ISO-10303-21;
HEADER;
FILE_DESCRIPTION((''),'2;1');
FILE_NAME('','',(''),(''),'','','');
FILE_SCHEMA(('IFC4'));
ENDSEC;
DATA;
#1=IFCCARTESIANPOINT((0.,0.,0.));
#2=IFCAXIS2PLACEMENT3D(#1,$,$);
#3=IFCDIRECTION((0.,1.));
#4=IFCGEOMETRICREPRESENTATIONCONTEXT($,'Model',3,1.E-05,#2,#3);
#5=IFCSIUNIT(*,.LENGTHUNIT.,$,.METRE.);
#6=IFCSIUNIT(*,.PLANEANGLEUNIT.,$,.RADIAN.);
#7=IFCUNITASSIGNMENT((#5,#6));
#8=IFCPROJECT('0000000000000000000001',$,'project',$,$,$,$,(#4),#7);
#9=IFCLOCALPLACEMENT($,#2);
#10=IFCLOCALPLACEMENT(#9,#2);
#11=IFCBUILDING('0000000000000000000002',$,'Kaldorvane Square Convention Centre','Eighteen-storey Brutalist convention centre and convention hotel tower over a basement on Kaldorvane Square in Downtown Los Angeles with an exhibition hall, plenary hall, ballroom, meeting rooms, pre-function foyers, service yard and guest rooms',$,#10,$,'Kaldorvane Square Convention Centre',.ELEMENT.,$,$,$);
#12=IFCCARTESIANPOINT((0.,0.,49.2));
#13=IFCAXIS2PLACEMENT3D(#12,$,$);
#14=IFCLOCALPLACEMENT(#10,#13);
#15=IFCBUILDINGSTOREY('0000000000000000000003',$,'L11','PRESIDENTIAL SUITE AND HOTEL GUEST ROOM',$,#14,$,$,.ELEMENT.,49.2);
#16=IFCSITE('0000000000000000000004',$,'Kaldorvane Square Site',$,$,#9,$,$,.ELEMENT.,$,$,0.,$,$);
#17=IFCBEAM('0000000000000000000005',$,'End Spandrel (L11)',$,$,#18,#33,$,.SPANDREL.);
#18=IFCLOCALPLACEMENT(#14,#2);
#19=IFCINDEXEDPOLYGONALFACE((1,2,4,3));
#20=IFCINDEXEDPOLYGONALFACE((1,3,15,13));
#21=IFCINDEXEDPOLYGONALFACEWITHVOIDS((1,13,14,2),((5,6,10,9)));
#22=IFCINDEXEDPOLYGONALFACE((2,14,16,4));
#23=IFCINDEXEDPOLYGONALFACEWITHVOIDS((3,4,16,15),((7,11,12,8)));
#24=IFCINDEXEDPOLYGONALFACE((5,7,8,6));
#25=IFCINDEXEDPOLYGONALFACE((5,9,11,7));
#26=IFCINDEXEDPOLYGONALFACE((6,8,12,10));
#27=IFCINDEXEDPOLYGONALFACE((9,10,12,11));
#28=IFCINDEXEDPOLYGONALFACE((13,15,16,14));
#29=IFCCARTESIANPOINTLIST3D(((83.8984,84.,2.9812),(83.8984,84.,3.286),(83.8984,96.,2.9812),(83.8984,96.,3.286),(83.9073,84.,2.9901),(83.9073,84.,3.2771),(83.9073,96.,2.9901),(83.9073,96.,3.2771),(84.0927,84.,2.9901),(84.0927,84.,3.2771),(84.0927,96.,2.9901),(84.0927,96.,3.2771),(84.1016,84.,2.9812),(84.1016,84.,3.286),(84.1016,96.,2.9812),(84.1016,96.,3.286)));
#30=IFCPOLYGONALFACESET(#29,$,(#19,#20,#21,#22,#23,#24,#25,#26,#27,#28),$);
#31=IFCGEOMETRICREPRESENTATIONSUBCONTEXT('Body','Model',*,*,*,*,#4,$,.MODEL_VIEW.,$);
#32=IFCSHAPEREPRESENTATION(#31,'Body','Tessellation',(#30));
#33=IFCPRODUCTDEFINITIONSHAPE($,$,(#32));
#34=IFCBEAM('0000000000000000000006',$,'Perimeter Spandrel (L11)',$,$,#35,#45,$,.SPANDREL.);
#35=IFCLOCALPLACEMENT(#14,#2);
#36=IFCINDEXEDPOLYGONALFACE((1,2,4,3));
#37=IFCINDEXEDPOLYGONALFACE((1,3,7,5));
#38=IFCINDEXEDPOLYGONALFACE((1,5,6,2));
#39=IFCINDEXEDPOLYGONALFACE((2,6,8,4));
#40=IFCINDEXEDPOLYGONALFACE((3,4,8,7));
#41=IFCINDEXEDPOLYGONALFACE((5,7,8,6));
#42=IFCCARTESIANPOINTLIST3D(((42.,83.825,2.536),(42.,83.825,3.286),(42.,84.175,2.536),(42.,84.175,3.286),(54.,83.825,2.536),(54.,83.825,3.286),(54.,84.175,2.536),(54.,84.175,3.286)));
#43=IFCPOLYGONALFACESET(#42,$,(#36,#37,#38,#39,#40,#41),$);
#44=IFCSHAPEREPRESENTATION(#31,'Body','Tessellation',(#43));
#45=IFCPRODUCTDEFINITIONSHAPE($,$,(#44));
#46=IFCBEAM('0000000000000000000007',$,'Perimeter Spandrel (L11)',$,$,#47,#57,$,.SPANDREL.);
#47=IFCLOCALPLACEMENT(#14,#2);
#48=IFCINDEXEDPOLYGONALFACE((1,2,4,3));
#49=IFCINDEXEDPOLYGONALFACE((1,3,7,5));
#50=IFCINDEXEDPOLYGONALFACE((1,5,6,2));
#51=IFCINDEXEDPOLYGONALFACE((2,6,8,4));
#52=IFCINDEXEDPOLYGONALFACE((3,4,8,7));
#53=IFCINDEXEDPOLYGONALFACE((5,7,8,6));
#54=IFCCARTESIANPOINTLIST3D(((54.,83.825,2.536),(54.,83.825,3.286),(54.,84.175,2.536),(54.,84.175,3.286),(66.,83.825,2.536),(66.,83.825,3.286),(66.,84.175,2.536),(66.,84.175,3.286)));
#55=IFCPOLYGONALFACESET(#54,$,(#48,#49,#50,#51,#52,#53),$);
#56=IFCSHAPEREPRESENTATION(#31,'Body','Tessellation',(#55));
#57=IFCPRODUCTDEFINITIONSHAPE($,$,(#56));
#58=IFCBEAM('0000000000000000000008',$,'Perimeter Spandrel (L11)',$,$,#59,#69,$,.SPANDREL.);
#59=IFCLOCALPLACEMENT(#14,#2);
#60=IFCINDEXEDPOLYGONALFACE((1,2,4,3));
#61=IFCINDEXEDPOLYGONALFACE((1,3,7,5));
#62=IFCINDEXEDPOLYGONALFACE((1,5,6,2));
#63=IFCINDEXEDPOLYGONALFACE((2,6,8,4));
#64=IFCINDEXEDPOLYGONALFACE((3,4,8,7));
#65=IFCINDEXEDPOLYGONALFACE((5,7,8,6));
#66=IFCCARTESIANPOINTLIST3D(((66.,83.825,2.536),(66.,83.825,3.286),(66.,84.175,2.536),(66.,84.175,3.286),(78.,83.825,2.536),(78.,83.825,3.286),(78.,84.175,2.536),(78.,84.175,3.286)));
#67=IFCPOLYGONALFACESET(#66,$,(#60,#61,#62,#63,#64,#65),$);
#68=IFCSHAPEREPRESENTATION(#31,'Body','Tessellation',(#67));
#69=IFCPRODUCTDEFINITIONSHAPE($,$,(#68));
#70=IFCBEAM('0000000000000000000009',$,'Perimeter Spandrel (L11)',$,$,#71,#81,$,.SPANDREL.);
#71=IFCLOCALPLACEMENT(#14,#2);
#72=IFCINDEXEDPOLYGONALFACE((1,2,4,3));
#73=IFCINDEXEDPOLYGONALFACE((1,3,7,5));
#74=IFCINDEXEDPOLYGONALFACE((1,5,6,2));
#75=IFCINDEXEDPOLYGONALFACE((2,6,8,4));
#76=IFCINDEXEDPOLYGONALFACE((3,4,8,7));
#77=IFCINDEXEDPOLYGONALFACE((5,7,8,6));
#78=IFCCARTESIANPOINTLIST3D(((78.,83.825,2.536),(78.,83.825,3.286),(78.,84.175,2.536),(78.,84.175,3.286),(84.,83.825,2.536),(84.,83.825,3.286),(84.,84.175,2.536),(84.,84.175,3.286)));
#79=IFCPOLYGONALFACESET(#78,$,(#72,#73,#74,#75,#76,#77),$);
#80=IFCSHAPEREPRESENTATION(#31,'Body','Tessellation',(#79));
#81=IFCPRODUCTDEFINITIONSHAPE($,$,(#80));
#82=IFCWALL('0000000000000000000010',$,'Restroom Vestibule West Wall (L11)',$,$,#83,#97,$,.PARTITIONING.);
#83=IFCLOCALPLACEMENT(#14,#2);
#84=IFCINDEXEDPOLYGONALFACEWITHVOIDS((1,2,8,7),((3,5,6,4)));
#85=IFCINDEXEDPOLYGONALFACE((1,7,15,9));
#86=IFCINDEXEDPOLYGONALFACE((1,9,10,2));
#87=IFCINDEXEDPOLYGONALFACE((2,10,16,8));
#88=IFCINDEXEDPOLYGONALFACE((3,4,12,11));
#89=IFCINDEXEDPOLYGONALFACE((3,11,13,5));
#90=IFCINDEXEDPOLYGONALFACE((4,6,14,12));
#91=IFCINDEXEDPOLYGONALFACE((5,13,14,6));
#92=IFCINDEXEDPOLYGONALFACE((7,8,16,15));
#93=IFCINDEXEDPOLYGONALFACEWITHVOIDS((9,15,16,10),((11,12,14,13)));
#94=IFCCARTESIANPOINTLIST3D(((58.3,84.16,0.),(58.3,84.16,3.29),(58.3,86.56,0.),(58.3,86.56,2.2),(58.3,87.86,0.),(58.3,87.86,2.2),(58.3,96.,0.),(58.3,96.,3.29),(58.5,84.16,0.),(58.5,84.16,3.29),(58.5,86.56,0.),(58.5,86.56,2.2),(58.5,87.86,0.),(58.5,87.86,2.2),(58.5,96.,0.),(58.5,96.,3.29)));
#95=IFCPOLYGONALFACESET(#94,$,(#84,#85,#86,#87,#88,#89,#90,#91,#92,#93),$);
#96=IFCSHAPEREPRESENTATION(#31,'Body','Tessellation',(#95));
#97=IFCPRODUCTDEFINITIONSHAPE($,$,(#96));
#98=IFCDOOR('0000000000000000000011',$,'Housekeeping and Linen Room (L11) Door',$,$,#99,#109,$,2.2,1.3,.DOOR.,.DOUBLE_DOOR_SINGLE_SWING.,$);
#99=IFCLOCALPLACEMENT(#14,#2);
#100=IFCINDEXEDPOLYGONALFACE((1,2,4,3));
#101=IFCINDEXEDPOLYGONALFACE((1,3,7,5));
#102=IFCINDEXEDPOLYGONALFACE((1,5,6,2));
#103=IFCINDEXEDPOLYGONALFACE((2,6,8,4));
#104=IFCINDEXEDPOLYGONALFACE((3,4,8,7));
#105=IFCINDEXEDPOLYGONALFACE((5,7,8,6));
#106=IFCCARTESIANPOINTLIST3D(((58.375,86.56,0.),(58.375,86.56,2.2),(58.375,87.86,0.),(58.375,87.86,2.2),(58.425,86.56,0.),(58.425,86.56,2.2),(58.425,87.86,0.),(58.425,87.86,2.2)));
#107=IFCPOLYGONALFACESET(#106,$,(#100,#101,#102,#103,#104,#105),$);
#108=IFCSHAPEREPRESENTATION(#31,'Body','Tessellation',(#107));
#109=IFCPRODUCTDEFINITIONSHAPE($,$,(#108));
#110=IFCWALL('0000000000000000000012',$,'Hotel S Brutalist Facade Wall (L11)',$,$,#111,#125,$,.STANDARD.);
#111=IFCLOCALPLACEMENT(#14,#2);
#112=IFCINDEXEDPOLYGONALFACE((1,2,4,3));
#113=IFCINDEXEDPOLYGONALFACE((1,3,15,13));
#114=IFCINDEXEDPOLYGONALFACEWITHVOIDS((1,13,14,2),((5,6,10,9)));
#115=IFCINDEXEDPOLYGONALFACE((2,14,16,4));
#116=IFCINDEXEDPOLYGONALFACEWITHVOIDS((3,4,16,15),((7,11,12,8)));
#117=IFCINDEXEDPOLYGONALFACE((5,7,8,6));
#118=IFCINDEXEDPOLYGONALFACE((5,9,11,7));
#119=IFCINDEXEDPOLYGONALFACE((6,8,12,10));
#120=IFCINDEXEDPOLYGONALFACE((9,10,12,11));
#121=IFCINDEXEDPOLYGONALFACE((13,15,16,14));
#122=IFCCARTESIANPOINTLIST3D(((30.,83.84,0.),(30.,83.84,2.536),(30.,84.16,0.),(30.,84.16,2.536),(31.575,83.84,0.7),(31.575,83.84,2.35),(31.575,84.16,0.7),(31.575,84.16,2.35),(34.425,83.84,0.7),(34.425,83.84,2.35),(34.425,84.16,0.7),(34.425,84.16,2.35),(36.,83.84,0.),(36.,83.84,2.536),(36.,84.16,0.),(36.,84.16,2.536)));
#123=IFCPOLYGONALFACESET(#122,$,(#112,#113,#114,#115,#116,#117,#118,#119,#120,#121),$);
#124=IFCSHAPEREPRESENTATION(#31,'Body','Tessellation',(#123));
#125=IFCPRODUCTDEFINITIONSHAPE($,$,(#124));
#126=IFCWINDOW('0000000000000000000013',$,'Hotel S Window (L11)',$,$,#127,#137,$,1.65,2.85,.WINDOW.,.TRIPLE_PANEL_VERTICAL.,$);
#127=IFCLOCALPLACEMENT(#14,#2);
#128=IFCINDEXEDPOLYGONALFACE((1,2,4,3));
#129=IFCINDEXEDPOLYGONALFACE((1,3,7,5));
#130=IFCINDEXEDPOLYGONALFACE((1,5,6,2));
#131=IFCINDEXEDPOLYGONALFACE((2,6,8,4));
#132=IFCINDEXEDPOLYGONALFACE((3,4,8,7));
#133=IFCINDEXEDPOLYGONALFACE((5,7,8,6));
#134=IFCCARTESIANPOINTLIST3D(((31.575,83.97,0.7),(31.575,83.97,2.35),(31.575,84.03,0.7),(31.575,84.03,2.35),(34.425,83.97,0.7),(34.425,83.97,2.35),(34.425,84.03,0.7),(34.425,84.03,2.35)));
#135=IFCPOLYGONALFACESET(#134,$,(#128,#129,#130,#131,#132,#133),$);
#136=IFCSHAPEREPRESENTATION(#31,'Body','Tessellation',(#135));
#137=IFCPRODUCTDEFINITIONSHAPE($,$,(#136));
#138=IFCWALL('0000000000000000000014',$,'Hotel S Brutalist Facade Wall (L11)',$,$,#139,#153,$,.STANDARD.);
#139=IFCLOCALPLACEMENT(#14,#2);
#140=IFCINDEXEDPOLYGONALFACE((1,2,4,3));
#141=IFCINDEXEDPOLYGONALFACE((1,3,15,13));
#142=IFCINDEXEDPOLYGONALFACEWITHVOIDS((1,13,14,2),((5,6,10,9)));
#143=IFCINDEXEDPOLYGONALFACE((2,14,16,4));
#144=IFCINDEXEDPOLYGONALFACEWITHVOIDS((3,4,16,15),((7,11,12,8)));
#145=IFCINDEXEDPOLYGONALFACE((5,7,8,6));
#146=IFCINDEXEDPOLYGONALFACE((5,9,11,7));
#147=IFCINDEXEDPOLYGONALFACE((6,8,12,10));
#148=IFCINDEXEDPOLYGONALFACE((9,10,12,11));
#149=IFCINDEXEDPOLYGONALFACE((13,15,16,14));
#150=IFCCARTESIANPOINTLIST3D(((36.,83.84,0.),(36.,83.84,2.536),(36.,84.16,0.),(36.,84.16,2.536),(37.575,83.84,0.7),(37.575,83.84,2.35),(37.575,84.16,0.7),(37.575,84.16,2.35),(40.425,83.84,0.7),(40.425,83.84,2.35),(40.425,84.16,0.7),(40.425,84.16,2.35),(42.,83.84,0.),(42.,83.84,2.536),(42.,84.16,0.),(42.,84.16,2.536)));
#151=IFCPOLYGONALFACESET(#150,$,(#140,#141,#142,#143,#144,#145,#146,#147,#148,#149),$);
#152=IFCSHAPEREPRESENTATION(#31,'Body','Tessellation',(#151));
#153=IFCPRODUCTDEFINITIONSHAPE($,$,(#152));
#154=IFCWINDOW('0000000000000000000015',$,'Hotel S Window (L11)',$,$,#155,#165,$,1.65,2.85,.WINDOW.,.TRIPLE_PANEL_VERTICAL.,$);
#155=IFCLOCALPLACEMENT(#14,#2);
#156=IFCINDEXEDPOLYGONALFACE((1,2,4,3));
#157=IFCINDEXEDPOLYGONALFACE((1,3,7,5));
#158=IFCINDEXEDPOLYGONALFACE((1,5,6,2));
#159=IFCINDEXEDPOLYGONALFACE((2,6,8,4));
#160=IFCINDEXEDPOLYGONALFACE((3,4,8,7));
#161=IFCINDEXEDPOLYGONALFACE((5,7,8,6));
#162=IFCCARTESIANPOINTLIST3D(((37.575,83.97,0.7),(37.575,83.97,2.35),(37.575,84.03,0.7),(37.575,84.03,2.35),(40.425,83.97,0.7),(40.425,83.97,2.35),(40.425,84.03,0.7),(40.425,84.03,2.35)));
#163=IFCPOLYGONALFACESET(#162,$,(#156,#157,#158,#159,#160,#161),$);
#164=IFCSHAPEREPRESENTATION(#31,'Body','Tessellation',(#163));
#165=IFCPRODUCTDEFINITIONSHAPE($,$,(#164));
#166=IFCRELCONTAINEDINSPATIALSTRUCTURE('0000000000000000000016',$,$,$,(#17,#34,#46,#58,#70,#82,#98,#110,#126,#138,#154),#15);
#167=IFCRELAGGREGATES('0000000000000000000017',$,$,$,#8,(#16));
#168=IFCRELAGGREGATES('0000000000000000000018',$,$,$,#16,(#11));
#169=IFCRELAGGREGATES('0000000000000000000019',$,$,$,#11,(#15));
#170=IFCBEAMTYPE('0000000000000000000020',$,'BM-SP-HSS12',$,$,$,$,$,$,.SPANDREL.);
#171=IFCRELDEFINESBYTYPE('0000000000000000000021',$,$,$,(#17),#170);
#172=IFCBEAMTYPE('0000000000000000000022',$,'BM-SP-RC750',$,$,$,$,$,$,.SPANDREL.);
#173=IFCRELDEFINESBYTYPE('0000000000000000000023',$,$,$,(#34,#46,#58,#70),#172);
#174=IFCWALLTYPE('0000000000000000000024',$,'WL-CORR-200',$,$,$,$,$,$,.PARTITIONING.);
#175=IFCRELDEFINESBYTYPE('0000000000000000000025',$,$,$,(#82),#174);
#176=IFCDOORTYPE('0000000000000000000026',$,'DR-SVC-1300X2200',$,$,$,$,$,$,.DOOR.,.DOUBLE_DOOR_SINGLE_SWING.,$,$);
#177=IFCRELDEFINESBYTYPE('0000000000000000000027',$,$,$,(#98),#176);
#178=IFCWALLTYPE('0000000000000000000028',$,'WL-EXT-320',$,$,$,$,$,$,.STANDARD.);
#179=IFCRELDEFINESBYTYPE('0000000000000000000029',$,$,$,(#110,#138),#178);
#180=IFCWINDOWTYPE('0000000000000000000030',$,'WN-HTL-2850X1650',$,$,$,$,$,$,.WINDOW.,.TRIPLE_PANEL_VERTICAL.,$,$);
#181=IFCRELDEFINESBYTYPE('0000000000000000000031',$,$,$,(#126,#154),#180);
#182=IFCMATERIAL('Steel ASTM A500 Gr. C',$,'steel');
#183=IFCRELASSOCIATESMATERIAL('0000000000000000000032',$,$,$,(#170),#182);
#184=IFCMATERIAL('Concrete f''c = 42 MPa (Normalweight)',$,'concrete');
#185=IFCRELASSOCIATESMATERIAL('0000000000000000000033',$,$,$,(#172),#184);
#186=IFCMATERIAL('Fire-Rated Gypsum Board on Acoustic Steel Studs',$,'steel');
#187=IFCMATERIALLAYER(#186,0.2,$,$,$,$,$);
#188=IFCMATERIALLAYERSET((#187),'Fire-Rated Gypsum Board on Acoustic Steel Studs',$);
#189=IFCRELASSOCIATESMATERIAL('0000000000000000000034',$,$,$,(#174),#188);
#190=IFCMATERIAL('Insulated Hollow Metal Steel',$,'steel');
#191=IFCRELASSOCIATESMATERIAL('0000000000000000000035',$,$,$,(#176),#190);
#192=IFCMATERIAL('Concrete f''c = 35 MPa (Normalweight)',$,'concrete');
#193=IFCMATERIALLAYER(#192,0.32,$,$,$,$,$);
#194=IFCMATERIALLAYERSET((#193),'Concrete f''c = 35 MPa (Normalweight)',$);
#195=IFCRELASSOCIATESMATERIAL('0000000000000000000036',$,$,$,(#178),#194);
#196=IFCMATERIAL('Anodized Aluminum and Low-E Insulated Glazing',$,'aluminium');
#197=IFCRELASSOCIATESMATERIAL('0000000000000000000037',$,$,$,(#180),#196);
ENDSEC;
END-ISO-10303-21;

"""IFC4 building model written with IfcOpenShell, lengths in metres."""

from ifc_helpers import new_model, si_unit, direction, frame, frame_2d, origin, origin_2d, place, context, subcontext, project, spatial, rectangle, hollow_rectangle, extrude, material, layer, layer_set, material_profile, profile_set, type_object, element, fill, save


model = new_model("IFC4")

# Units and contexts
model_context = context("Model", 3, precision=1e-05, world=origin(), true_north=direction((0.0, 1.0)))
body_context = subcontext(model_context, "Body", "Model", "MODEL_VIEW")
ifc_project = project(units=[si_unit("LENGTHUNIT", "METRE"), si_unit("PLANEANGLEUNIT", "RADIAN")], contexts=[model_context])

# Site, building, storey
site_placement = place(None, origin())
site = spatial("IfcSite", under=ifc_project, at=site_placement, Name="Kaldorvane Square Site", CompositionType="ELEMENT", RefElevation=0.0)
building_placement = place(site_placement, origin())
building = spatial("IfcBuilding", under=site, at=building_placement, Name="Kaldorvane Square Convention Centre", Description="Eighteen-storey Brutalist convention centre and convention hotel tower over a basement on Kaldorvane Square in Downtown Los Angeles with an exhibition hall, plenary hall, ballroom, meeting rooms, pre-function foyers, service yard and guest rooms", LongName="Kaldorvane Square Convention Centre", CompositionType="ELEMENT")
storey_placement = place(building_placement, frame((0.0, 0.0, 49.2)))
storey = spatial("IfcBuildingStorey", under=building, at=storey_placement, Name="L11", Description="PRESIDENTIAL SUITE AND HOTEL GUEST ROOM", CompositionType="ELEMENT", Elevation=49.2)

# Beams
ifc_material_1 = material(Name="Steel ASTM A500 Gr. C", Category="steel")
ifc_material_profile_1 = material_profile(ifc_material_1, hollow_rectangle(XDim=0.2032, YDim=0.3048, WallThickness=0.0089, at=origin_2d()), Name="HSS12X8X3/8")
ifc_profile_set_1 = profile_set([ifc_material_profile_1], Name="Steel ASTM A500 Gr. C")
beam_type_1 = type_object("IfcBeamType", Name="BM-SP-HSS12", PredefinedType="SPANDREL", material=ifc_profile_set_1)
for number, where, z_axis, x_axis, name in (
    (1, (84.0, 84.0, 3.1336), (0.0, 1.0, 0.0), (-1.0, 0.0, 0.0), "End Spandrel (L11)"),
):
    element("IfcBeam", number, at=place(storey_placement, frame(where, z_axis=z_axis, x_axis=x_axis)), inside=storey, type_object=beam_type_1, Name=name, PredefinedType="SPANDREL", context=body_context, shape_type="SweptSolid", body=[
        extrude(hollow_rectangle(XDim=0.2032, YDim=0.3048, WallThickness=0.0089, at=origin_2d()), origin(), (0.0, 0.0, 1.0), 12.0),
    ])
ifc_material_2 = material(Name="Concrete f'c = 42 MPa (Normalweight)", Category="concrete")
ifc_material_profile_2 = material_profile(ifc_material_2, rectangle(XDim=0.35, YDim=0.75, at=origin_2d()), Name="RCSP750X350")
ifc_profile_set_2 = profile_set([ifc_material_profile_2], Name="Concrete f'c = 42 MPa (Normalweight)")
beam_type_2 = type_object("IfcBeamType", Name="BM-SP-RC750", PredefinedType="SPANDREL", material=ifc_profile_set_2)
for number, where, z_axis, x_axis, name in (
    (2, (42.0, 84.0, 2.911), (1.0, 0.0, 0.0), (0.0, 1.0, 0.0), "Perimeter Spandrel (L11)"),
    (3, (54.0, 84.0, 2.911), (1.0, 0.0, 0.0), (0.0, 1.0, 0.0), "Perimeter Spandrel (L11)"),
    (4, (66.0, 84.0, 2.911), (1.0, 0.0, 0.0), (0.0, 1.0, 0.0), "Perimeter Spandrel (L11)"),
):
    element("IfcBeam", number, at=place(storey_placement, frame(where, z_axis=z_axis, x_axis=x_axis)), inside=storey, type_object=beam_type_2, Name=name, PredefinedType="SPANDREL", context=body_context, shape_type="SweptSolid", body=[
        extrude(rectangle(XDim=0.35, YDim=0.75, at=origin_2d()), origin(), (0.0, 0.0, 1.0), 12.0),
    ])
beam_placement = place(storey_placement, frame((78.0, 84.0, 2.911), z_axis=(1.0, 0.0, 0.0), x_axis=(0.0, 1.0, 0.0)))
element("IfcBeam", 5, at=beam_placement, inside=storey, type_object=beam_type_2, Name="Perimeter Spandrel (L11)", PredefinedType="SPANDREL", context=body_context, shape_type="SweptSolid", body=[
    extrude(rectangle(XDim=0.35, YDim=0.75, at=origin_2d()), origin(), (0.0, 0.0, 1.0), 6.0),
])

# Wall, opening, door
ifc_material_3 = material(Name="Fire-Rated Gypsum Board on Acoustic Steel Studs", Category="steel")
ifc_layer_1 = layer(ifc_material_3, 0.2)
ifc_layer_set_1 = layer_set([ifc_layer_1], Name="Fire-Rated Gypsum Board on Acoustic Steel Studs")
wall_type_1 = type_object("IfcWallType", Name="WL-CORR-200", PredefinedType="PARTITIONING", material=ifc_layer_set_1)
wall_1_placement = place(storey_placement, frame((58.4, 84.16, 0.0), z_axis=(0.0, 0.0, 1.0), x_axis=(0.0, 1.0, 0.0)))
wall_1 = element("IfcWall", 6, at=wall_1_placement, inside=storey, type_object=wall_type_1, Name="Restroom Vestibule West Wall (L11)", PredefinedType="PARTITIONING", context=body_context, shape_type="SweptSolid", body=[
    extrude(rectangle(XDim=11.84, YDim=0.2, at=frame_2d((5.92, 0.0))), origin(), (0.0, 0.0, 1.0), 3.29),
])
opening_1_placement = place(wall_1_placement, frame((2.4, 0.0, 0.0)))
opening_1 = element("IfcOpeningElement", 7, at=opening_1_placement, cuts=wall_1, PredefinedType="OPENING", context=body_context, shape_type="SweptSolid", body=[
    extrude(rectangle(XDim=1.3, YDim=2.2, at=frame_2d((0.65, 1.1))), frame((0.0, 0.115, 0.0), z_axis=(0.0, -1.0, 0.0), x_axis=(1.0, 0.0, 0.0)), (0.0, 0.0, 1.0), 0.23),
])
ifc_material_4 = material(Name="Insulated Hollow Metal Steel", Category="steel")
door_type = type_object("IfcDoorType", Name="DR-SVC-1300X2200", OperationType="DOUBLE_DOOR_SINGLE_SWING", PredefinedType="DOOR", material=ifc_material_4)
door_placement = place(opening_1_placement, origin())
door = element("IfcDoor", 8, at=door_placement, inside=storey, type_object=door_type, Name="Housekeeping and Linen Room (L11) Door", OperationType="DOUBLE_DOOR_SINGLE_SWING", OverallHeight=2.2, OverallWidth=1.3, PredefinedType="DOOR", context=body_context, shape_type="SweptSolid", body=[
    extrude(rectangle(XDim=1.3, YDim=2.2, at=frame_2d((0.65, 1.1))), frame((0.0, 0.025, 0.0), z_axis=(0.0, -1.0, 0.0), x_axis=(1.0, 0.0, 0.0)), (0.0, 0.0, 1.0), 0.05),
])
fill(opening_1, door)

# Walls, openings, windows
ifc_material_5 = material(Name="Concrete f'c = 35 MPa (Normalweight)", Category="concrete")
ifc_layer_2 = layer(ifc_material_5, 0.32)
ifc_layer_set_2 = layer_set([ifc_layer_2], Name="Concrete f'c = 35 MPa (Normalweight)")
wall_type_2 = type_object("IfcWallType", Name="WL-EXT-320", PredefinedType="STANDARD", material=ifc_layer_set_2)
wall_2_placement = place(storey_placement, frame((30.0, 84.0, 0.0), z_axis=(0.0, 0.0, 1.0), x_axis=(1.0, 0.0, 0.0)))
wall_2 = element("IfcWall", 9, at=wall_2_placement, inside=storey, type_object=wall_type_2, Name="Hotel S Brutalist Facade Wall (L11)", PredefinedType="STANDARD", context=body_context, shape_type="SweptSolid", body=[
    extrude(rectangle(XDim=6.0, YDim=0.32, at=frame_2d((3.0, 0.0))), origin(), (0.0, 0.0, 1.0), 2.536),
])
opening_2_placement = place(wall_2_placement, frame((1.575, 0.0, 0.7)))
opening_2 = element("IfcOpeningElement", 10, at=opening_2_placement, cuts=wall_2, PredefinedType="OPENING", context=body_context, shape_type="SweptSolid", body=[
    extrude(rectangle(XDim=2.85, YDim=1.65, at=frame_2d((1.425, 0.825))), frame((0.0, 0.175, 0.0), z_axis=(0.0, -1.0, 0.0), x_axis=(1.0, 0.0, 0.0)), (0.0, 0.0, 1.0), 0.35),
])
ifc_material_6 = material(Name="Anodized Aluminum and Low-E Insulated Glazing", Category="aluminium")
window_type_1 = type_object("IfcWindowType", Name="WN-HTL-2850X1650", PartitioningType="TRIPLE_PANEL_VERTICAL", PredefinedType="WINDOW", material=ifc_material_6)
window_1_placement = place(opening_2_placement, origin())
window_1 = element("IfcWindow", 11, at=window_1_placement, inside=storey, type_object=window_type_1, Name="Hotel S Window (L11)", OverallHeight=1.65, OverallWidth=2.85, PartitioningType="TRIPLE_PANEL_VERTICAL", PredefinedType="WINDOW", context=body_context, shape_type="SweptSolid", body=[
    extrude(rectangle(XDim=2.85, YDim=1.65, at=frame_2d((1.425, 0.825))), frame((0.0, 0.03, 0.0), z_axis=(0.0, -1.0, 0.0), x_axis=(1.0, 0.0, 0.0)), (0.0, 0.0, 1.0), 0.06),
])
fill(opening_2, window_1)
wall_3_placement = place(storey_placement, frame((36.0, 84.0, 0.0), z_axis=(0.0, 0.0, 1.0), x_axis=(1.0, 0.0, 0.0)))
wall_3 = element("IfcWall", 12, at=wall_3_placement, inside=storey, type_object=wall_type_2, Name="Hotel S Brutalist Facade Wall (L11)", PredefinedType="STANDARD", context=body_context, shape_type="SweptSolid", body=[
    extrude(rectangle(XDim=6.0, YDim=0.32, at=frame_2d((3.0, 0.0))), origin(), (0.0, 0.0, 1.0), 2.536),
])
opening_3_placement = place(wall_3_placement, frame((1.575, 0.0, 0.7)))
opening_3 = element("IfcOpeningElement", 13, at=opening_3_placement, cuts=wall_3, PredefinedType="OPENING", context=body_context, shape_type="SweptSolid", body=[
    extrude(rectangle(XDim=2.85, YDim=1.65, at=frame_2d((1.425, 0.825))), frame((0.0, 0.175, 0.0), z_axis=(0.0, -1.0, 0.0), x_axis=(1.0, 0.0, 0.0)), (0.0, 0.0, 1.0), 0.35),
])
window_2_placement = place(opening_3_placement, origin())
window_2 = element("IfcWindow", 14, at=window_2_placement, inside=storey, type_object=window_type_1, Name="Hotel S Window (L11)", OverallHeight=1.65, OverallWidth=2.85, PartitioningType="TRIPLE_PANEL_VERTICAL", PredefinedType="WINDOW", context=body_context, shape_type="SweptSolid", body=[
    extrude(rectangle(XDim=2.85, YDim=1.65, at=frame_2d((1.425, 0.825))), frame((0.0, 0.03, 0.0), z_axis=(0.0, -1.0, 0.0), x_axis=(1.0, 0.0, 0.0)), (0.0, 0.0, 1.0), 0.06),
])
fill(opening_3, window_2)

save(model, "model.ifc")
